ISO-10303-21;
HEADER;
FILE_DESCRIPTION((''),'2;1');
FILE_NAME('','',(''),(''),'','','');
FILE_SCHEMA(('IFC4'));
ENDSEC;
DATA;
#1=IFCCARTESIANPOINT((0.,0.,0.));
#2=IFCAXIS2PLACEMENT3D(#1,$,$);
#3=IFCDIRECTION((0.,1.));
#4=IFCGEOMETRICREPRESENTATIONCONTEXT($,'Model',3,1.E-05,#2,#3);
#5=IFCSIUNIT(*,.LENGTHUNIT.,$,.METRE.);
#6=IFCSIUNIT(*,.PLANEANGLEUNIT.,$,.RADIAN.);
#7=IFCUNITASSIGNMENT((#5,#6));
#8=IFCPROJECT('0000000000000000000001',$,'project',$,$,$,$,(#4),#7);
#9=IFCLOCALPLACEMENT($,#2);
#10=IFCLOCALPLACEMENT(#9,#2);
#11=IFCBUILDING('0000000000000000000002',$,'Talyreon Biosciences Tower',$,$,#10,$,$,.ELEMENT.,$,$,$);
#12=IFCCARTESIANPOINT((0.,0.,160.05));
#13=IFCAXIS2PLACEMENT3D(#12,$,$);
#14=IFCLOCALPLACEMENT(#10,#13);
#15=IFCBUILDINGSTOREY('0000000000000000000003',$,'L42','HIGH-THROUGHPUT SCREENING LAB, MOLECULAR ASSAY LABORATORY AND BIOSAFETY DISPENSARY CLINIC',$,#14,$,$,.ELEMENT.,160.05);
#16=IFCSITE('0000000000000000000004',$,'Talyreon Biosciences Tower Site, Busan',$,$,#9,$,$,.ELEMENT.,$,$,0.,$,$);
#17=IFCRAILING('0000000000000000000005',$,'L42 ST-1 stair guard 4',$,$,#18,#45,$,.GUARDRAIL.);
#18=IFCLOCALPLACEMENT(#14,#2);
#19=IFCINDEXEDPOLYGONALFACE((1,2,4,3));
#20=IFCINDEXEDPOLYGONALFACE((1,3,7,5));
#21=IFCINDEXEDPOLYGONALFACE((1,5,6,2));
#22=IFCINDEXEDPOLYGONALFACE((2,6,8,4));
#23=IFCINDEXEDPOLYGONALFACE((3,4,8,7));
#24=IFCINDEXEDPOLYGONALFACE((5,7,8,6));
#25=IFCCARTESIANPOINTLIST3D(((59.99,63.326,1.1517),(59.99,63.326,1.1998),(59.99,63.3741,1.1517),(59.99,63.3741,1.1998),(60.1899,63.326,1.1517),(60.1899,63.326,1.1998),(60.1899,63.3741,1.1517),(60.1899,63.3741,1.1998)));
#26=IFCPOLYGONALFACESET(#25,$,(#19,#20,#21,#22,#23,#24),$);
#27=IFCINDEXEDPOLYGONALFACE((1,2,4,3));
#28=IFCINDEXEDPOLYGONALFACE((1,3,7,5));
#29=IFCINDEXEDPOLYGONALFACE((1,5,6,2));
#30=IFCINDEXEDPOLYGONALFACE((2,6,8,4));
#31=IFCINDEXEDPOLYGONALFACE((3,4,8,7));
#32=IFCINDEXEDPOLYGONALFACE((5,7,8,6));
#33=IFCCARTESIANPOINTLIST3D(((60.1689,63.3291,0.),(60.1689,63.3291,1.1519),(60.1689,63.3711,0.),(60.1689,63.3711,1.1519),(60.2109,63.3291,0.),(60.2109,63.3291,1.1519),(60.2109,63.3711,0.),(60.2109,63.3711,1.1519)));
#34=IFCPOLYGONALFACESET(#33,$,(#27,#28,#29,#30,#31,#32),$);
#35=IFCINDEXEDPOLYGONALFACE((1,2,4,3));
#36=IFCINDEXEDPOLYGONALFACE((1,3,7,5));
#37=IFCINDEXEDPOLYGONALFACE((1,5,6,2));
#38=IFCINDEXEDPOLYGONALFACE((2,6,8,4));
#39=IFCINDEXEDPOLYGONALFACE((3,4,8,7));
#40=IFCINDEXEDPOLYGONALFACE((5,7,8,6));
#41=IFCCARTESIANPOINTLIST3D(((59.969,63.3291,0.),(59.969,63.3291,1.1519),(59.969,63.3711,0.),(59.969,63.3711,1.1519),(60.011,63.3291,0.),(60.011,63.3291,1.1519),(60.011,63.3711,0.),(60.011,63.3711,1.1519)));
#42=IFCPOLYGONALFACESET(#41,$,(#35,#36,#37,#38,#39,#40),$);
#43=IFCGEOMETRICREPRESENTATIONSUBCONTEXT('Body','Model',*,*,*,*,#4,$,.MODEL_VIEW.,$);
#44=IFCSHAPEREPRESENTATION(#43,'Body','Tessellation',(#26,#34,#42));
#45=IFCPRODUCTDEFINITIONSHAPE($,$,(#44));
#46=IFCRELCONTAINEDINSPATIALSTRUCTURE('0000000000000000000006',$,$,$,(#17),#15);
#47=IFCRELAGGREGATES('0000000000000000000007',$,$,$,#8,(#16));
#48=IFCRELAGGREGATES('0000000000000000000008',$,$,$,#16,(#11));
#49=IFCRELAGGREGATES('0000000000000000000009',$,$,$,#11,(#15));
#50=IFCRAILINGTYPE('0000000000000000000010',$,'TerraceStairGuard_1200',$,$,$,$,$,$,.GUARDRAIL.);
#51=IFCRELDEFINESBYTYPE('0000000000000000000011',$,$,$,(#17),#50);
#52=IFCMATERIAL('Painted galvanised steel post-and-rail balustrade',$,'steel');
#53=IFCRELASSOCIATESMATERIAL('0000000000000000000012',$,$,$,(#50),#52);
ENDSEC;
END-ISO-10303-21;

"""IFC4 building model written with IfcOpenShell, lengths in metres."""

from ifc_helpers import new_model, si_unit, direction, frame, origin, origin_2d, place, context, subcontext, project, spatial, rectangle, extrude, material, type_object, element, save


model = new_model("IFC4")

# Units and contexts
model_context = context("Model", 3, precision=1e-05, world=origin(), true_north=direction((0.0, 1.0)))
body_context = subcontext(model_context, "Body", "Model", "MODEL_VIEW")
ifc_project = project(units=[si_unit("LENGTHUNIT", "METRE"), si_unit("PLANEANGLEUNIT", "RADIAN")], contexts=[model_context])

# Site, building, storey
site_placement = place(None, origin())
site = spatial("IfcSite", under=ifc_project, at=site_placement, Name="Talyreon Biosciences Tower Site, Busan", CompositionType="ELEMENT", RefElevation=0.0)
building_placement = place(site_placement, origin())
building = spatial("IfcBuilding", under=site, at=building_placement, Name="Talyreon Biosciences Tower", CompositionType="ELEMENT")
storey_placement = place(building_placement, frame((0.0, 0.0, 160.05)))
storey = spatial("IfcBuildingStorey", under=building, at=storey_placement, Name="L42", Description="HIGH-THROUGHPUT SCREENING LAB, MOLECULAR ASSAY LABORATORY AND BIOSAFETY DISPENSARY CLINIC", CompositionType="ELEMENT", Elevation=160.05)

# Railing
ifc_material_1 = material(Name="Painted galvanised steel post-and-rail balustrade", Category="steel")
railing_type_1 = type_object("IfcRailingType", Name="TerraceStairGuard_1200", PredefinedType="GUARDRAIL", material=ifc_material_1)
railing_1_placement = place(storey_placement, frame((60.1899, 63.3501, 0.0)))
element("IfcRailing", 1, at=railing_1_placement, inside=storey, type_object=railing_type_1, Name="L42 ST-1 stair guard 4", PredefinedType="GUARDRAIL", context=body_context, shape_type="SweptSolid", body=[
    extrude(rectangle(XDim=0.0481, YDim=0.0481, at=origin_2d()), frame((0.0, 0.0, 1.1758), z_axis=(-1.0, 0.0, 0.0), x_axis=(0.0, -1.0, 0.0)), (0.0, 0.0, 1.0), 0.2),
    extrude(rectangle(XDim=0.042, YDim=0.042, at=origin_2d()), origin(), (0.0, 0.0, 1.0), 1.1519),
    extrude(rectangle(XDim=0.042, YDim=0.042, at=origin_2d()), frame((-0.2, 0.0, 0.0)), (0.0, 0.0, 1.0), 1.1519),
])

save(model, "model.ifc")
